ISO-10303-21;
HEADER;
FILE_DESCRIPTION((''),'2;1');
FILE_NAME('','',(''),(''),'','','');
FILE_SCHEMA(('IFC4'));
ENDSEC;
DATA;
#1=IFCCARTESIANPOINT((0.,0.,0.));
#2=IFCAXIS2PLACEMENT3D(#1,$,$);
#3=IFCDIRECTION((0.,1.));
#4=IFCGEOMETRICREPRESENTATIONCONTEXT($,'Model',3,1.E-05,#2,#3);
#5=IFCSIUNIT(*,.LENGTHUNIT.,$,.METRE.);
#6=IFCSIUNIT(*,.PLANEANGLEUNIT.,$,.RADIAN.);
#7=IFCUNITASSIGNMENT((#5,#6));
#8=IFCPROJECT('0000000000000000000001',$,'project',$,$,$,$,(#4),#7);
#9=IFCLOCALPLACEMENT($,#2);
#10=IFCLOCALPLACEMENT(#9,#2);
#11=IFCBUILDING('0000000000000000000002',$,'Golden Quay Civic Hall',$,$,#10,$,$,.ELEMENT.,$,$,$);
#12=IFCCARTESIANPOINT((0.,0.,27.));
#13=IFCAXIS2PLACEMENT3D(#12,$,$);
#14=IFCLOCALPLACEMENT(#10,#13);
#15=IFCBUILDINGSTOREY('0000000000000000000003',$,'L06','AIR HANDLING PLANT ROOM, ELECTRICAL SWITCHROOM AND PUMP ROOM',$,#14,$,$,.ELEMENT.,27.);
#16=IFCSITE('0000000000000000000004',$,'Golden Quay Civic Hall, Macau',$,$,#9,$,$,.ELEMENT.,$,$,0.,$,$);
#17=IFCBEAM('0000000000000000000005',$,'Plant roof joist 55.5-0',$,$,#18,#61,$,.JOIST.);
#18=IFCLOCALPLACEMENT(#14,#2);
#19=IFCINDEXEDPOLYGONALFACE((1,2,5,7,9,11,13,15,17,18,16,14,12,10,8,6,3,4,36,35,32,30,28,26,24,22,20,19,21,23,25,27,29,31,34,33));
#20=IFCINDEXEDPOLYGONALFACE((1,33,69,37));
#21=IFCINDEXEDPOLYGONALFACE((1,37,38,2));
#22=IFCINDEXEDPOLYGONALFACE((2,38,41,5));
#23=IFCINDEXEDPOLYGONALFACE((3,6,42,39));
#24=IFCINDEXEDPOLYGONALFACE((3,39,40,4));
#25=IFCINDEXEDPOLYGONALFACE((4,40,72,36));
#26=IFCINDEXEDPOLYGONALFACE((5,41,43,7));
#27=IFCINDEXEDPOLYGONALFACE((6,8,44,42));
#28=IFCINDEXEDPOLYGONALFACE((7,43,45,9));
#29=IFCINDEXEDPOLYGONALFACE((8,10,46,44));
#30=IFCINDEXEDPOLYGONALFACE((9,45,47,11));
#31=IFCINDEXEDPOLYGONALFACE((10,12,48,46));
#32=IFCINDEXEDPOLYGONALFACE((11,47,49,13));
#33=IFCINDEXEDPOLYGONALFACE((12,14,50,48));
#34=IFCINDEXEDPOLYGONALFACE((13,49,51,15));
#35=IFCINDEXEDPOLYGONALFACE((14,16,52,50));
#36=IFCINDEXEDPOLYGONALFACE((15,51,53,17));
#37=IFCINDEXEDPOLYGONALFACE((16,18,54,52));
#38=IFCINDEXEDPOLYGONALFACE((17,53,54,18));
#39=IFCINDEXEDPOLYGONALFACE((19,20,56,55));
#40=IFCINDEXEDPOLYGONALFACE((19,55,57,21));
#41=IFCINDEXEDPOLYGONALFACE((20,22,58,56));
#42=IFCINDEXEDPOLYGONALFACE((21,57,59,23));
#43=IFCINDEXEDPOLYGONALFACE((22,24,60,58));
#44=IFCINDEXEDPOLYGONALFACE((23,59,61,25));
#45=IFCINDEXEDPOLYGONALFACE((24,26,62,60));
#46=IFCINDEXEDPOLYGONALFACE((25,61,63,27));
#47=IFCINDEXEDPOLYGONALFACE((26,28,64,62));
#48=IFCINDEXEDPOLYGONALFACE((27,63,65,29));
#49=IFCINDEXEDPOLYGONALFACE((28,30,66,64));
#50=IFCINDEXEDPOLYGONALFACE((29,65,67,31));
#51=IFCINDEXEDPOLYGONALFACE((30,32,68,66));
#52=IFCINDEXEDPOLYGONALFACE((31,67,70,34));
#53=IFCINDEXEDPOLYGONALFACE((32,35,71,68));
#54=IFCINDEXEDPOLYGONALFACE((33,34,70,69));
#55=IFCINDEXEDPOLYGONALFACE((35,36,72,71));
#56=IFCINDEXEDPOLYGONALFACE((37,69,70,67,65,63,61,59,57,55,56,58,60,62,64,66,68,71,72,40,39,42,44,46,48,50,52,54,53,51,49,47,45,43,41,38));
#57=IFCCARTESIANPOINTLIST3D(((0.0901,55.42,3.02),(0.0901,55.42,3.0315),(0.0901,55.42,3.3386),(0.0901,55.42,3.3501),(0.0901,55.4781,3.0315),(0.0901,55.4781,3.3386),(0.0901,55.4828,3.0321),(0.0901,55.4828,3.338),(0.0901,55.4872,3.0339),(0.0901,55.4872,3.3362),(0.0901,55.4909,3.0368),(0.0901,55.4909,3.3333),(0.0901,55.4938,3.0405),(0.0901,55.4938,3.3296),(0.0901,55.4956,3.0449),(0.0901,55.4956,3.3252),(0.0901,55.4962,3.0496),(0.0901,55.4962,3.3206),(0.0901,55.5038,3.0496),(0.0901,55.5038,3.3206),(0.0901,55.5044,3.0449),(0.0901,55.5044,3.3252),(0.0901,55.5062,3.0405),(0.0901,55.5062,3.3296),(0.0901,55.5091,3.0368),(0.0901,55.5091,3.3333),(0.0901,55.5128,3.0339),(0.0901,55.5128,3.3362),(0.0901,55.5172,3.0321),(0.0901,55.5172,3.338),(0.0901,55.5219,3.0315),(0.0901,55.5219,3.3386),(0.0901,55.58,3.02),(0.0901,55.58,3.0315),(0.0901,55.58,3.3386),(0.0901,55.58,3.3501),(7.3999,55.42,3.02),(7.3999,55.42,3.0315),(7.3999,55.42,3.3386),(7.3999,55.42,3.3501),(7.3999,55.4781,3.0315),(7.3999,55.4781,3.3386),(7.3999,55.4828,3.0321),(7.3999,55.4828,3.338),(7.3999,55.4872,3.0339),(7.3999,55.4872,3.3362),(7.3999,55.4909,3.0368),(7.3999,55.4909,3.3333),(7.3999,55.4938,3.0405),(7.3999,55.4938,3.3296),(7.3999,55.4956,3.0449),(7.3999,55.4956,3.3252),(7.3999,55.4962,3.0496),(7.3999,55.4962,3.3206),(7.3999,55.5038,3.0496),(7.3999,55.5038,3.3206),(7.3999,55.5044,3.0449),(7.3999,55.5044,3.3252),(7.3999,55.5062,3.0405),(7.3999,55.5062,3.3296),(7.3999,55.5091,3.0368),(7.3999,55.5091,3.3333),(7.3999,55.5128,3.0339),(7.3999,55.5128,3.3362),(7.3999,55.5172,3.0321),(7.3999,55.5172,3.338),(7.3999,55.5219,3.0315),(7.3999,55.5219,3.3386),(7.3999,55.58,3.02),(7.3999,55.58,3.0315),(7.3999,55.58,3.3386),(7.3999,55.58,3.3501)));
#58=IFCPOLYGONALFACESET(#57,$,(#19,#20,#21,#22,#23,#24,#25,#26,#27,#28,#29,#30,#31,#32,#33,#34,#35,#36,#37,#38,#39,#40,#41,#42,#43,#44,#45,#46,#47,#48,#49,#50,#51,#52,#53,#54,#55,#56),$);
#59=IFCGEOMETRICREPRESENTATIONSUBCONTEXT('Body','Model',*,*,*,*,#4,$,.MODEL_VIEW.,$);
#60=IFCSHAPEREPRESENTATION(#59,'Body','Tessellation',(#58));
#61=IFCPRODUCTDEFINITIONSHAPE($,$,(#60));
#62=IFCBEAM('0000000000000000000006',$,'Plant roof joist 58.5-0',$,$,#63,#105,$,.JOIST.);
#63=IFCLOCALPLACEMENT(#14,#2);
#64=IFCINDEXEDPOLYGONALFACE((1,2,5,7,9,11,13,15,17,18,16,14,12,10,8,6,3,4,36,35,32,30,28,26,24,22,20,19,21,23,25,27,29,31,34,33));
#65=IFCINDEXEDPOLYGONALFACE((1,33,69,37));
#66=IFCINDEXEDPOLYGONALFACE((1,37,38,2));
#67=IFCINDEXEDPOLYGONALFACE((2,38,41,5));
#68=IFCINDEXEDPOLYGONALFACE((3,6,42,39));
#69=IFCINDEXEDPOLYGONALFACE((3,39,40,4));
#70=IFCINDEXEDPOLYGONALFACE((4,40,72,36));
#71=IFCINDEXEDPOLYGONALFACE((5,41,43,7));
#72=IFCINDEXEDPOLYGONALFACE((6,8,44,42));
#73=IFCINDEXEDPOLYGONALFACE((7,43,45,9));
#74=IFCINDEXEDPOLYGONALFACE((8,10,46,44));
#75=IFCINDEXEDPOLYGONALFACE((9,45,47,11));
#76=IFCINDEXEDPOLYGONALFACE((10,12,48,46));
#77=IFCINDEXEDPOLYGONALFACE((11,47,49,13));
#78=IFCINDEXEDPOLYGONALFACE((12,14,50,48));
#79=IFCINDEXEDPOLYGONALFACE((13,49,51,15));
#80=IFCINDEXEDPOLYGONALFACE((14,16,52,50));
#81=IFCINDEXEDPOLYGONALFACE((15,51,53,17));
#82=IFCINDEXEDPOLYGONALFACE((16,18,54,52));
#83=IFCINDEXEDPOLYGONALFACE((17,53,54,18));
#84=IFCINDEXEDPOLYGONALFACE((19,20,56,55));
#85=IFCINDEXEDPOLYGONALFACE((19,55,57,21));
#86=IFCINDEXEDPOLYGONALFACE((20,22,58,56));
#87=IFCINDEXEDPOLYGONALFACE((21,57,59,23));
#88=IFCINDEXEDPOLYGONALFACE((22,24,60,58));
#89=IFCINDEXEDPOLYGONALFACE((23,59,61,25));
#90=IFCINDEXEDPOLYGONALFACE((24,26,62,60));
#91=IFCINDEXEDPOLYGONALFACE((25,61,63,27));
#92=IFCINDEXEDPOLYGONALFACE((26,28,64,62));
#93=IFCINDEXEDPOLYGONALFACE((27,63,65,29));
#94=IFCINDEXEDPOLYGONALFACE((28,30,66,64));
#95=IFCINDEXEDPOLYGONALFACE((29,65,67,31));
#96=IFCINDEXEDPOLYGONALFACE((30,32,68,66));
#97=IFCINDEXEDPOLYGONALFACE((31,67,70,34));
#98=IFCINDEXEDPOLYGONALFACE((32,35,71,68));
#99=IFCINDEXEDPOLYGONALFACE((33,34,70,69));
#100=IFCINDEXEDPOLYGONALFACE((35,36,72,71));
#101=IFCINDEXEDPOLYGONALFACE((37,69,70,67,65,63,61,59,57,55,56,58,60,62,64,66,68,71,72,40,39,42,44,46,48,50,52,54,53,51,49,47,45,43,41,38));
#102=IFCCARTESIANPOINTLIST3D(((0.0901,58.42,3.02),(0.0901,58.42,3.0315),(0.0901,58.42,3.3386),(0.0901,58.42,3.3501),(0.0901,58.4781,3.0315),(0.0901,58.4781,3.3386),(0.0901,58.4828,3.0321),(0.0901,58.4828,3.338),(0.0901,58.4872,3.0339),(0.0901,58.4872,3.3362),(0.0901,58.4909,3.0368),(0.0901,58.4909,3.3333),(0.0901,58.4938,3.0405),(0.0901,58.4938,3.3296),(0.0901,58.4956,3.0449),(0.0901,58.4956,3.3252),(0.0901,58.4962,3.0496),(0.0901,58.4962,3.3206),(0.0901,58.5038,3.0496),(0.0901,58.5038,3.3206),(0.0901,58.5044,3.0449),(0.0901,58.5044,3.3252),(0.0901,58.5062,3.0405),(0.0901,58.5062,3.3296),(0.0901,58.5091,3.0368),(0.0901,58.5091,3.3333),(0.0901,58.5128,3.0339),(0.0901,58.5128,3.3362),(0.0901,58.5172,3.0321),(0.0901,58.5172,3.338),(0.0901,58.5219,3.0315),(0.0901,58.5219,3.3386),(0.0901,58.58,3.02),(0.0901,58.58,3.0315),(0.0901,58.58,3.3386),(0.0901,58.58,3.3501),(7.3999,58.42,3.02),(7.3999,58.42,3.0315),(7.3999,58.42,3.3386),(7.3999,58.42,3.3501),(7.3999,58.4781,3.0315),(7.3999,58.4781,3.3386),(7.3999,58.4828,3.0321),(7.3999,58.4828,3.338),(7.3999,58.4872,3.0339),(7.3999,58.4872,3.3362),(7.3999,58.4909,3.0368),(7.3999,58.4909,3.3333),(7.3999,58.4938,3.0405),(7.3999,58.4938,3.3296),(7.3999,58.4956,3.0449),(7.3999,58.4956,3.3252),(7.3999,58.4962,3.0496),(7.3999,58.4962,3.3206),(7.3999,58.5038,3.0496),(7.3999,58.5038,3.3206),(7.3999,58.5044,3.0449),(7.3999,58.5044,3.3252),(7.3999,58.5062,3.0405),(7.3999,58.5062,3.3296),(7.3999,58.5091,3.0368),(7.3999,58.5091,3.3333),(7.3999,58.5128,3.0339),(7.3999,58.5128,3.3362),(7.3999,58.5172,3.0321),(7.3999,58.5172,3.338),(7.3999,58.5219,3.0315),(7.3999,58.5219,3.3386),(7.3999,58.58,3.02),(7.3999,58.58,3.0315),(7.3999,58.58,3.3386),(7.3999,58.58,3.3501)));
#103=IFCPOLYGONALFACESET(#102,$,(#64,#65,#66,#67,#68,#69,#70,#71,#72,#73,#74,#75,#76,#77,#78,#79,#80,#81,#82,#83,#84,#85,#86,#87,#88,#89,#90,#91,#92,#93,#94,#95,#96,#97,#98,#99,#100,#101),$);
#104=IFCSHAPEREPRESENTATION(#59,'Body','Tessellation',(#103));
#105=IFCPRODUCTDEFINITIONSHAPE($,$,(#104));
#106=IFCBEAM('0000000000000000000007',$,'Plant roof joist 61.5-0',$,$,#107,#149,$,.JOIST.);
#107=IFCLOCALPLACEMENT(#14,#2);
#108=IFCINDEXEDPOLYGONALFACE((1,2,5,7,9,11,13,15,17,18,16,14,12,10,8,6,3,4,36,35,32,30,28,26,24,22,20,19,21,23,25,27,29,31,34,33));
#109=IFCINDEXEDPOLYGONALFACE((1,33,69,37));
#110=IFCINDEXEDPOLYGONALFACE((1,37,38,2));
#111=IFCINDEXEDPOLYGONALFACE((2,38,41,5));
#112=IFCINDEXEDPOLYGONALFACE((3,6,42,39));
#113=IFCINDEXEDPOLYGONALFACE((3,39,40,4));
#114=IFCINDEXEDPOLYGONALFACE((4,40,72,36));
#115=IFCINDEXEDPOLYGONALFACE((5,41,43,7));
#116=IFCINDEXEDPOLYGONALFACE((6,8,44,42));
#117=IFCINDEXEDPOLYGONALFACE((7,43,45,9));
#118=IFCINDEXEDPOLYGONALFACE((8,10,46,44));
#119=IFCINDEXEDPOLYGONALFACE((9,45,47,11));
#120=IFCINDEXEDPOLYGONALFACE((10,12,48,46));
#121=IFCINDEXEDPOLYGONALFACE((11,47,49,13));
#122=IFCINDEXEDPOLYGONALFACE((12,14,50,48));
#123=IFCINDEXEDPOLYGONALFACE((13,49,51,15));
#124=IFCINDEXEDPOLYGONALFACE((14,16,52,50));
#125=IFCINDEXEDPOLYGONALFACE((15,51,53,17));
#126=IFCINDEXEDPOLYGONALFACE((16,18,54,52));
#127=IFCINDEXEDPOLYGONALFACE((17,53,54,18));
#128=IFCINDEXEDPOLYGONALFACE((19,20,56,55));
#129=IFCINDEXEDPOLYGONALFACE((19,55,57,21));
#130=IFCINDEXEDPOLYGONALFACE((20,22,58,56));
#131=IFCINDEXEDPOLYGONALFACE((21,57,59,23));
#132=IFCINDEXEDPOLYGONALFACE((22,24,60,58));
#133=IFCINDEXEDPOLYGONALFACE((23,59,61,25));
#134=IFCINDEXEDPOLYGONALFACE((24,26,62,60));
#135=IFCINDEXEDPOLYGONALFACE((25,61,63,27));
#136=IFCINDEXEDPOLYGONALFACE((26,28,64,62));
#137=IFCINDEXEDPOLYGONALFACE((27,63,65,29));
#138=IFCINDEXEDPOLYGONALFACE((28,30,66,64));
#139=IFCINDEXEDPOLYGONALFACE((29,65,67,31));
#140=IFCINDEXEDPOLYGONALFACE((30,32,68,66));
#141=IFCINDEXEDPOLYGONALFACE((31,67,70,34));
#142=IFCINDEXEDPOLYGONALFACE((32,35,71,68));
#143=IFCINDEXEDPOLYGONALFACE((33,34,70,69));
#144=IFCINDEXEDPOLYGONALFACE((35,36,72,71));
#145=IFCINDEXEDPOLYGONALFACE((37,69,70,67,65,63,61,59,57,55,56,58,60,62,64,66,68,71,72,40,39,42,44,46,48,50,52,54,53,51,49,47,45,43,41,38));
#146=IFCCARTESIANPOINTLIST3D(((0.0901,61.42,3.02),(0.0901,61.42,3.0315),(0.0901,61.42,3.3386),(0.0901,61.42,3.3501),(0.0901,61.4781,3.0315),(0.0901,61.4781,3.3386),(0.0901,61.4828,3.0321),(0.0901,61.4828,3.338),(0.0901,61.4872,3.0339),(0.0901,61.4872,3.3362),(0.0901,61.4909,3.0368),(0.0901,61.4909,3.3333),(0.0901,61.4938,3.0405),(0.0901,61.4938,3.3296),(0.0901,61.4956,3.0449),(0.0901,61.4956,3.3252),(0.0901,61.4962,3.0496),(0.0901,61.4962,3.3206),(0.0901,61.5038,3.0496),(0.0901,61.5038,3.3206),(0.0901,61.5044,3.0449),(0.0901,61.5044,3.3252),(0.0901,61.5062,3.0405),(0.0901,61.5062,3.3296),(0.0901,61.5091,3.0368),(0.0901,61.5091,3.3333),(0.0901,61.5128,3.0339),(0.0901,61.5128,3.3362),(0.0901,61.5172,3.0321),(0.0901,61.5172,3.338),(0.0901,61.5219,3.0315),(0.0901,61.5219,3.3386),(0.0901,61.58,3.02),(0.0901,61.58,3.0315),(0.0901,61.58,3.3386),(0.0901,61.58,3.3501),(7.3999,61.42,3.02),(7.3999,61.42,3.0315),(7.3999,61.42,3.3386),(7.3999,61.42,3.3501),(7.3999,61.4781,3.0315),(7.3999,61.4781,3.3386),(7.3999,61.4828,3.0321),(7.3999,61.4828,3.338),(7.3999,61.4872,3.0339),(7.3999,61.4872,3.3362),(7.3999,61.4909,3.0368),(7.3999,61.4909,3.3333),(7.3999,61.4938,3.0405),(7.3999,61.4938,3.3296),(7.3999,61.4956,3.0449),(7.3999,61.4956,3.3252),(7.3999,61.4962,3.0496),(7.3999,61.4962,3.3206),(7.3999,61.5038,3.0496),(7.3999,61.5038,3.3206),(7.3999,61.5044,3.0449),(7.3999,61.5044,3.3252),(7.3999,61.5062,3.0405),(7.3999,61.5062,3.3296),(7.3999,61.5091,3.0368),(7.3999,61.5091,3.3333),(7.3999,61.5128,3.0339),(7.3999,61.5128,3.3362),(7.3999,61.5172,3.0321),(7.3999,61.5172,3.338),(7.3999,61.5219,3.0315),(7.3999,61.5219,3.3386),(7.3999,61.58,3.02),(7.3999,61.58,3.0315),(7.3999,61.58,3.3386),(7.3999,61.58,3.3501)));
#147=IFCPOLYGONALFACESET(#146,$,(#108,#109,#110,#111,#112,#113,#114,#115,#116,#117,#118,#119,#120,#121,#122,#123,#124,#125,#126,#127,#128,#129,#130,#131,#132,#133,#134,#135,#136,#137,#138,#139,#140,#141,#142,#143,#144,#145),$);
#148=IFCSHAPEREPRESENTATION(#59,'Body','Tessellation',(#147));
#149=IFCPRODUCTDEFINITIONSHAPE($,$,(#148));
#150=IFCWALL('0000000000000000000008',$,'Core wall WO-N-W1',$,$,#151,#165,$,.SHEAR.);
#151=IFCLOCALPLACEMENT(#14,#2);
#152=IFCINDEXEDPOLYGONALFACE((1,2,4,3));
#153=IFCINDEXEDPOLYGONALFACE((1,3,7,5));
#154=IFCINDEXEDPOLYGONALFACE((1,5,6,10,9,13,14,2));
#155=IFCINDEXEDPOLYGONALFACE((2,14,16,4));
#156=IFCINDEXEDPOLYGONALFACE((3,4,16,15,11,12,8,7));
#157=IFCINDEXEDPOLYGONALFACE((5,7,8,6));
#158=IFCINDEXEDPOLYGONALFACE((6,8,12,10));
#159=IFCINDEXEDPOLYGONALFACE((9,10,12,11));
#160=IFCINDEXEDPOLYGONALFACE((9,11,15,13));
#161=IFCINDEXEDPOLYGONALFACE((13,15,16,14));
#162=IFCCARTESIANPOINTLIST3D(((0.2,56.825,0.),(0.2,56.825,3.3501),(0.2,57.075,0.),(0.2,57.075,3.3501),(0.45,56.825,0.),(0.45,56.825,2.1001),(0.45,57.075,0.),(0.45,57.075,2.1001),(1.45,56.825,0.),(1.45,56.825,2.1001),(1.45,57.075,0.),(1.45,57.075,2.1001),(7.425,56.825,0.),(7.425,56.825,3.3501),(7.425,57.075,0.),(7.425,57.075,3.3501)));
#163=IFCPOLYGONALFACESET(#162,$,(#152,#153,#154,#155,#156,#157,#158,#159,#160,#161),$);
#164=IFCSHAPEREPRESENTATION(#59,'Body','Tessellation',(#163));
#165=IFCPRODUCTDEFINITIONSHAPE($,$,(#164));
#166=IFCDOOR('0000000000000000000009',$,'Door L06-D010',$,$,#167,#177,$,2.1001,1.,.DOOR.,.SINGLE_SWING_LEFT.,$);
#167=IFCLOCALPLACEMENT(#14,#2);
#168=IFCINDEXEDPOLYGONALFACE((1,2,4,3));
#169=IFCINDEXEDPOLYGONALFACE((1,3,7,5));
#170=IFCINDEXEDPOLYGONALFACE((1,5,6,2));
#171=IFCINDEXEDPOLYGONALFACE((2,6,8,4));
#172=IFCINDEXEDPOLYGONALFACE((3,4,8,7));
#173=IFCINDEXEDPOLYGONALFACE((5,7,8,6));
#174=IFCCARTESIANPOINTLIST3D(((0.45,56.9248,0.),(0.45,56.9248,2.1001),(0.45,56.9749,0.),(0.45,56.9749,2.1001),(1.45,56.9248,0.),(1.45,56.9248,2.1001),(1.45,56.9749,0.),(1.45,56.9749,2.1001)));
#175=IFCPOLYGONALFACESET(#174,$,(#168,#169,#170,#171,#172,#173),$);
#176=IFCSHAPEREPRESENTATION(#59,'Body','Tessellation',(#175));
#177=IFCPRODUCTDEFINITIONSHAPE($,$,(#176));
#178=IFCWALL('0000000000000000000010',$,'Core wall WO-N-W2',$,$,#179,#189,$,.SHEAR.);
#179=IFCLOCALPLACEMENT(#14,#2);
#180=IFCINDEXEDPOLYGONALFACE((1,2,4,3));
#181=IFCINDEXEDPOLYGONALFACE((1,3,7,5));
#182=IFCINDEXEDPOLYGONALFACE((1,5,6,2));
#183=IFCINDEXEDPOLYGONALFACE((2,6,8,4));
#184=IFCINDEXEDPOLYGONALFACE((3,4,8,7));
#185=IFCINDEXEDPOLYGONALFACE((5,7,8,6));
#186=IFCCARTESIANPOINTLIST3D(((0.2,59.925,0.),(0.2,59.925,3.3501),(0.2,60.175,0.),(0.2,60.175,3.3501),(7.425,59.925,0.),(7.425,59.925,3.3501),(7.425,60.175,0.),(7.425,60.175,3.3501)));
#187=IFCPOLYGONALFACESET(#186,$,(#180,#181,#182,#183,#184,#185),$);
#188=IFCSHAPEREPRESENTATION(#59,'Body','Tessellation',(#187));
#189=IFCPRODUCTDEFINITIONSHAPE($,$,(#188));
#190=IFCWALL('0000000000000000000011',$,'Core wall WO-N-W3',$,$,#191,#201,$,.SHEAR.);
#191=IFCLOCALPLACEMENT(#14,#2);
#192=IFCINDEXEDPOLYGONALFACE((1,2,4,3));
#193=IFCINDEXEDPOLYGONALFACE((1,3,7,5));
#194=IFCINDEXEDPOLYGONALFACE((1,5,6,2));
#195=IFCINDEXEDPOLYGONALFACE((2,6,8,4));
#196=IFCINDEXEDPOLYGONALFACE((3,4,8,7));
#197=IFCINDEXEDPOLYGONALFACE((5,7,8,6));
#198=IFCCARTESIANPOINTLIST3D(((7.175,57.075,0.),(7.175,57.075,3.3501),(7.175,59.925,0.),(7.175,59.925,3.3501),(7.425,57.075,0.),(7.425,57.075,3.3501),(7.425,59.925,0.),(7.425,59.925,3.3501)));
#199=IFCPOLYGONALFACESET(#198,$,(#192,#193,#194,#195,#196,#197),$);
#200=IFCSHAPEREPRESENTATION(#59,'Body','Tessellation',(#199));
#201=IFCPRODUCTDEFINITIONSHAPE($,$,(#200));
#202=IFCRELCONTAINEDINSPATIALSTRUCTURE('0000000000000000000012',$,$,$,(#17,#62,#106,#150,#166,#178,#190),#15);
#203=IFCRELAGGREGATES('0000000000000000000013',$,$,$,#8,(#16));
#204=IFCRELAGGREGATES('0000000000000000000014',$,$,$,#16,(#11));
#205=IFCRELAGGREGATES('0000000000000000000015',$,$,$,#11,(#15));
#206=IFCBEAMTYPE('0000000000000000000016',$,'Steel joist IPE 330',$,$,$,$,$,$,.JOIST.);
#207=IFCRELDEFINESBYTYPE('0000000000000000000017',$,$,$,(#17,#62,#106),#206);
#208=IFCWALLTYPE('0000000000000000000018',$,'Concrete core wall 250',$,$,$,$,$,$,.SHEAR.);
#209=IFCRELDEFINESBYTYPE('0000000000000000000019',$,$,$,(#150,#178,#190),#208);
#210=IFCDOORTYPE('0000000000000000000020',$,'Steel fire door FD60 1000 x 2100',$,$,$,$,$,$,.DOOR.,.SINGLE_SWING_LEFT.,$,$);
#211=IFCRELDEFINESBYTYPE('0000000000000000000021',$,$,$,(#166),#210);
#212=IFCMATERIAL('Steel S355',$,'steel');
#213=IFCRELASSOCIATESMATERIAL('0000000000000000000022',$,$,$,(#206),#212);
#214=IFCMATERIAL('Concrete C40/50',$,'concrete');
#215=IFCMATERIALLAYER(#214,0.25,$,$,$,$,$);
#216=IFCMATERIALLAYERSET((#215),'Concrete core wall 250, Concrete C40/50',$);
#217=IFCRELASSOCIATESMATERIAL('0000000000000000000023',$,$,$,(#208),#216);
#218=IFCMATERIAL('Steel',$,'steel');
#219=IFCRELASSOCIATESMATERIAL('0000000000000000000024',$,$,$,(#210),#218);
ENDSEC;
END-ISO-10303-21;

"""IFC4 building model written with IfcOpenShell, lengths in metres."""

from ifc_helpers import new_model, si_unit, direction, frame, frame_2d, origin, origin_2d, place, context, subcontext, project, spatial, rectangle, i_section, extrude, material, layer, layer_set, material_profile, profile_set, type_object, element, fill, save


model = new_model("IFC4")

# Units and contexts
model_context = context("Model", 3, precision=1e-05, world=origin(), true_north=direction((0.0, 1.0)))
body_context = subcontext(model_context, "Body", "Model", "MODEL_VIEW")
ifc_project = project(units=[si_unit("LENGTHUNIT", "METRE"), si_unit("PLANEANGLEUNIT", "RADIAN")], contexts=[model_context])

# Site, building, storey
site_placement = place(None, origin())
site = spatial("IfcSite", under=ifc_project, at=site_placement, Name="Golden Quay Civic Hall, Macau", CompositionType="ELEMENT", RefElevation=0.0)
building_placement = place(site_placement, origin())
building = spatial("IfcBuilding", under=site, at=building_placement, Name="Golden Quay Civic Hall", CompositionType="ELEMENT")
storey_placement = place(building_placement, frame((0.0, 0.0, 27.0)))
storey = spatial("IfcBuildingStorey", under=building, at=storey_placement, Name="L06", Description="AIR HANDLING PLANT ROOM, ELECTRICAL SWITCHROOM AND PUMP ROOM", CompositionType="ELEMENT", Elevation=27.0)

# Beams
ifc_material_1 = material(Name="Steel S355", Category="steel")
ifc_material_profile_1 = material_profile(ifc_material_1, i_section(OverallWidth=0.1599, OverallDepth=0.3301, WebThickness=0.0076, FlangeThickness=0.0115, FilletRadius=0.0181, at=origin_2d()), Name="IPE 330")
ifc_profile_set_1 = profile_set([ifc_material_profile_1], Name="Steel S355")
beam_type_1 = type_object("IfcBeamType", Name="Steel joist IPE 330", PredefinedType="JOIST", material=ifc_profile_set_1)
for number, where, z_axis, x_axis, name in (
    (1, (0.0901, 55.5, 3.1851), (1.0, 0.0, 0.0), (0.0, 1.0, 0.0), "Plant roof joist 55.5-0"),
    (2, (0.0901, 58.5, 3.1851), (1.0, 0.0, 0.0), (0.0, 1.0, 0.0), "Plant roof joist 58.5-0"),
    (3, (0.0901, 61.5, 3.1851), (1.0, 0.0, 0.0), (0.0, 1.0, 0.0), "Plant roof joist 61.5-0"),
):
    element("IfcBeam", number, at=place(storey_placement, frame(where, z_axis=z_axis, x_axis=x_axis)), inside=storey, type_object=beam_type_1, Name=name, PredefinedType="JOIST", context=body_context, shape_type="SweptSolid", body=[
        extrude(i_section(OverallWidth=0.1599, OverallDepth=0.3301, WebThickness=0.0076, FlangeThickness=0.0115, FilletRadius=0.0181, at=origin_2d()), origin(), (0.0, 0.0, 1.0), 7.3098),
    ])

# Wall, opening, door
ifc_material_2 = material(Name="Concrete C40/50", Category="concrete")
ifc_layer_1 = layer(ifc_material_2, 0.25)
ifc_layer_set_1 = layer_set([ifc_layer_1], Name="Concrete core wall 250, Concrete C40/50")
wall_type_1 = type_object("IfcWallType", Name="Concrete core wall 250", PredefinedType="SHEAR", material=ifc_layer_set_1)
wall_1_placement = place(storey_placement, frame((0.2, 56.95, 0.0), z_axis=(0.0, 0.0, 1.0), x_axis=(1.0, 0.0, 0.0)))
wall_1 = element("IfcWall", 4, at=wall_1_placement, inside=storey, type_object=wall_type_1, Name="Core wall WO-N-W1", PredefinedType="SHEAR", context=body_context, shape_type="SweptSolid", body=[
    extrude(rectangle(XDim=7.2251, YDim=0.25, at=frame_2d((3.6125, 0.0))), origin(), (0.0, 0.0, 1.0), 3.3501),
])
opening_1_placement = place(wall_1_placement, frame((0.25, 0.0, 0.0)))
opening_1 = element("IfcOpeningElement", 5, at=opening_1_placement, cuts=wall_1, PredefinedType="OPENING", context=body_context, shape_type="SweptSolid", body=[
    extrude(rectangle(XDim=1.0, YDim=2.1001, at=frame_2d((0.5, 1.05))), frame((0.0, 0.135, 0.0), z_axis=(0.0, -1.0, 0.0), x_axis=(1.0, 0.0, 0.0)), (0.0, 0.0, 1.0), 0.27),
])
ifc_material_3 = material(Name="Steel", Category="steel")
door_type_1 = type_object("IfcDoorType", Name="Steel fire door FD60 1000 x 2100", OperationType="SINGLE_SWING_LEFT", PredefinedType="DOOR", material=ifc_material_3)
door_1_placement = place(opening_1_placement, origin())
door_1 = element("IfcDoor", 6, at=door_1_placement, inside=storey, type_object=door_type_1, Name="Door L06-D010", OperationType="SINGLE_SWING_LEFT", OverallHeight=2.1001, OverallWidth=1.0, PredefinedType="DOOR", context=body_context, shape_type="SweptSolid", body=[
    extrude(rectangle(XDim=1.0, YDim=2.1001, at=frame_2d((0.5, 1.05))), frame((0.0, 0.0249, 0.0), z_axis=(0.0, -1.0, 0.0), x_axis=(1.0, 0.0, 0.0)), (0.0, 0.0, 1.0), 0.05),
])
fill(opening_1, door_1)

# Walls
wall_2_placement = place(storey_placement, frame((0.2, 60.05, 0.0), z_axis=(0.0, 0.0, 1.0), x_axis=(1.0, 0.0, 0.0)))
element("IfcWall", 7, at=wall_2_placement, inside=storey, type_object=wall_type_1, Name="Core wall WO-N-W2", PredefinedType="SHEAR", context=body_context, shape_type="SweptSolid", body=[
    extrude(rectangle(XDim=7.2251, YDim=0.25, at=frame_2d((3.6125, 0.0))), origin(), (0.0, 0.0, 1.0), 3.3501),
])
wall_3_placement = place(storey_placement, frame((7.3, 57.075, 0.0), z_axis=(0.0, 0.0, 1.0), x_axis=(0.0, 1.0, 0.0)))
element("IfcWall", 8, at=wall_3_placement, inside=storey, type_object=wall_type_1, Name="Core wall WO-N-W3", PredefinedType="SHEAR", context=body_context, shape_type="SweptSolid", body=[
    extrude(rectangle(XDim=2.8501, YDim=0.25, at=frame_2d((1.425, 0.0))), origin(), (0.0, 0.0, 1.0), 3.3501),
])

save(model, "model.ifc")
